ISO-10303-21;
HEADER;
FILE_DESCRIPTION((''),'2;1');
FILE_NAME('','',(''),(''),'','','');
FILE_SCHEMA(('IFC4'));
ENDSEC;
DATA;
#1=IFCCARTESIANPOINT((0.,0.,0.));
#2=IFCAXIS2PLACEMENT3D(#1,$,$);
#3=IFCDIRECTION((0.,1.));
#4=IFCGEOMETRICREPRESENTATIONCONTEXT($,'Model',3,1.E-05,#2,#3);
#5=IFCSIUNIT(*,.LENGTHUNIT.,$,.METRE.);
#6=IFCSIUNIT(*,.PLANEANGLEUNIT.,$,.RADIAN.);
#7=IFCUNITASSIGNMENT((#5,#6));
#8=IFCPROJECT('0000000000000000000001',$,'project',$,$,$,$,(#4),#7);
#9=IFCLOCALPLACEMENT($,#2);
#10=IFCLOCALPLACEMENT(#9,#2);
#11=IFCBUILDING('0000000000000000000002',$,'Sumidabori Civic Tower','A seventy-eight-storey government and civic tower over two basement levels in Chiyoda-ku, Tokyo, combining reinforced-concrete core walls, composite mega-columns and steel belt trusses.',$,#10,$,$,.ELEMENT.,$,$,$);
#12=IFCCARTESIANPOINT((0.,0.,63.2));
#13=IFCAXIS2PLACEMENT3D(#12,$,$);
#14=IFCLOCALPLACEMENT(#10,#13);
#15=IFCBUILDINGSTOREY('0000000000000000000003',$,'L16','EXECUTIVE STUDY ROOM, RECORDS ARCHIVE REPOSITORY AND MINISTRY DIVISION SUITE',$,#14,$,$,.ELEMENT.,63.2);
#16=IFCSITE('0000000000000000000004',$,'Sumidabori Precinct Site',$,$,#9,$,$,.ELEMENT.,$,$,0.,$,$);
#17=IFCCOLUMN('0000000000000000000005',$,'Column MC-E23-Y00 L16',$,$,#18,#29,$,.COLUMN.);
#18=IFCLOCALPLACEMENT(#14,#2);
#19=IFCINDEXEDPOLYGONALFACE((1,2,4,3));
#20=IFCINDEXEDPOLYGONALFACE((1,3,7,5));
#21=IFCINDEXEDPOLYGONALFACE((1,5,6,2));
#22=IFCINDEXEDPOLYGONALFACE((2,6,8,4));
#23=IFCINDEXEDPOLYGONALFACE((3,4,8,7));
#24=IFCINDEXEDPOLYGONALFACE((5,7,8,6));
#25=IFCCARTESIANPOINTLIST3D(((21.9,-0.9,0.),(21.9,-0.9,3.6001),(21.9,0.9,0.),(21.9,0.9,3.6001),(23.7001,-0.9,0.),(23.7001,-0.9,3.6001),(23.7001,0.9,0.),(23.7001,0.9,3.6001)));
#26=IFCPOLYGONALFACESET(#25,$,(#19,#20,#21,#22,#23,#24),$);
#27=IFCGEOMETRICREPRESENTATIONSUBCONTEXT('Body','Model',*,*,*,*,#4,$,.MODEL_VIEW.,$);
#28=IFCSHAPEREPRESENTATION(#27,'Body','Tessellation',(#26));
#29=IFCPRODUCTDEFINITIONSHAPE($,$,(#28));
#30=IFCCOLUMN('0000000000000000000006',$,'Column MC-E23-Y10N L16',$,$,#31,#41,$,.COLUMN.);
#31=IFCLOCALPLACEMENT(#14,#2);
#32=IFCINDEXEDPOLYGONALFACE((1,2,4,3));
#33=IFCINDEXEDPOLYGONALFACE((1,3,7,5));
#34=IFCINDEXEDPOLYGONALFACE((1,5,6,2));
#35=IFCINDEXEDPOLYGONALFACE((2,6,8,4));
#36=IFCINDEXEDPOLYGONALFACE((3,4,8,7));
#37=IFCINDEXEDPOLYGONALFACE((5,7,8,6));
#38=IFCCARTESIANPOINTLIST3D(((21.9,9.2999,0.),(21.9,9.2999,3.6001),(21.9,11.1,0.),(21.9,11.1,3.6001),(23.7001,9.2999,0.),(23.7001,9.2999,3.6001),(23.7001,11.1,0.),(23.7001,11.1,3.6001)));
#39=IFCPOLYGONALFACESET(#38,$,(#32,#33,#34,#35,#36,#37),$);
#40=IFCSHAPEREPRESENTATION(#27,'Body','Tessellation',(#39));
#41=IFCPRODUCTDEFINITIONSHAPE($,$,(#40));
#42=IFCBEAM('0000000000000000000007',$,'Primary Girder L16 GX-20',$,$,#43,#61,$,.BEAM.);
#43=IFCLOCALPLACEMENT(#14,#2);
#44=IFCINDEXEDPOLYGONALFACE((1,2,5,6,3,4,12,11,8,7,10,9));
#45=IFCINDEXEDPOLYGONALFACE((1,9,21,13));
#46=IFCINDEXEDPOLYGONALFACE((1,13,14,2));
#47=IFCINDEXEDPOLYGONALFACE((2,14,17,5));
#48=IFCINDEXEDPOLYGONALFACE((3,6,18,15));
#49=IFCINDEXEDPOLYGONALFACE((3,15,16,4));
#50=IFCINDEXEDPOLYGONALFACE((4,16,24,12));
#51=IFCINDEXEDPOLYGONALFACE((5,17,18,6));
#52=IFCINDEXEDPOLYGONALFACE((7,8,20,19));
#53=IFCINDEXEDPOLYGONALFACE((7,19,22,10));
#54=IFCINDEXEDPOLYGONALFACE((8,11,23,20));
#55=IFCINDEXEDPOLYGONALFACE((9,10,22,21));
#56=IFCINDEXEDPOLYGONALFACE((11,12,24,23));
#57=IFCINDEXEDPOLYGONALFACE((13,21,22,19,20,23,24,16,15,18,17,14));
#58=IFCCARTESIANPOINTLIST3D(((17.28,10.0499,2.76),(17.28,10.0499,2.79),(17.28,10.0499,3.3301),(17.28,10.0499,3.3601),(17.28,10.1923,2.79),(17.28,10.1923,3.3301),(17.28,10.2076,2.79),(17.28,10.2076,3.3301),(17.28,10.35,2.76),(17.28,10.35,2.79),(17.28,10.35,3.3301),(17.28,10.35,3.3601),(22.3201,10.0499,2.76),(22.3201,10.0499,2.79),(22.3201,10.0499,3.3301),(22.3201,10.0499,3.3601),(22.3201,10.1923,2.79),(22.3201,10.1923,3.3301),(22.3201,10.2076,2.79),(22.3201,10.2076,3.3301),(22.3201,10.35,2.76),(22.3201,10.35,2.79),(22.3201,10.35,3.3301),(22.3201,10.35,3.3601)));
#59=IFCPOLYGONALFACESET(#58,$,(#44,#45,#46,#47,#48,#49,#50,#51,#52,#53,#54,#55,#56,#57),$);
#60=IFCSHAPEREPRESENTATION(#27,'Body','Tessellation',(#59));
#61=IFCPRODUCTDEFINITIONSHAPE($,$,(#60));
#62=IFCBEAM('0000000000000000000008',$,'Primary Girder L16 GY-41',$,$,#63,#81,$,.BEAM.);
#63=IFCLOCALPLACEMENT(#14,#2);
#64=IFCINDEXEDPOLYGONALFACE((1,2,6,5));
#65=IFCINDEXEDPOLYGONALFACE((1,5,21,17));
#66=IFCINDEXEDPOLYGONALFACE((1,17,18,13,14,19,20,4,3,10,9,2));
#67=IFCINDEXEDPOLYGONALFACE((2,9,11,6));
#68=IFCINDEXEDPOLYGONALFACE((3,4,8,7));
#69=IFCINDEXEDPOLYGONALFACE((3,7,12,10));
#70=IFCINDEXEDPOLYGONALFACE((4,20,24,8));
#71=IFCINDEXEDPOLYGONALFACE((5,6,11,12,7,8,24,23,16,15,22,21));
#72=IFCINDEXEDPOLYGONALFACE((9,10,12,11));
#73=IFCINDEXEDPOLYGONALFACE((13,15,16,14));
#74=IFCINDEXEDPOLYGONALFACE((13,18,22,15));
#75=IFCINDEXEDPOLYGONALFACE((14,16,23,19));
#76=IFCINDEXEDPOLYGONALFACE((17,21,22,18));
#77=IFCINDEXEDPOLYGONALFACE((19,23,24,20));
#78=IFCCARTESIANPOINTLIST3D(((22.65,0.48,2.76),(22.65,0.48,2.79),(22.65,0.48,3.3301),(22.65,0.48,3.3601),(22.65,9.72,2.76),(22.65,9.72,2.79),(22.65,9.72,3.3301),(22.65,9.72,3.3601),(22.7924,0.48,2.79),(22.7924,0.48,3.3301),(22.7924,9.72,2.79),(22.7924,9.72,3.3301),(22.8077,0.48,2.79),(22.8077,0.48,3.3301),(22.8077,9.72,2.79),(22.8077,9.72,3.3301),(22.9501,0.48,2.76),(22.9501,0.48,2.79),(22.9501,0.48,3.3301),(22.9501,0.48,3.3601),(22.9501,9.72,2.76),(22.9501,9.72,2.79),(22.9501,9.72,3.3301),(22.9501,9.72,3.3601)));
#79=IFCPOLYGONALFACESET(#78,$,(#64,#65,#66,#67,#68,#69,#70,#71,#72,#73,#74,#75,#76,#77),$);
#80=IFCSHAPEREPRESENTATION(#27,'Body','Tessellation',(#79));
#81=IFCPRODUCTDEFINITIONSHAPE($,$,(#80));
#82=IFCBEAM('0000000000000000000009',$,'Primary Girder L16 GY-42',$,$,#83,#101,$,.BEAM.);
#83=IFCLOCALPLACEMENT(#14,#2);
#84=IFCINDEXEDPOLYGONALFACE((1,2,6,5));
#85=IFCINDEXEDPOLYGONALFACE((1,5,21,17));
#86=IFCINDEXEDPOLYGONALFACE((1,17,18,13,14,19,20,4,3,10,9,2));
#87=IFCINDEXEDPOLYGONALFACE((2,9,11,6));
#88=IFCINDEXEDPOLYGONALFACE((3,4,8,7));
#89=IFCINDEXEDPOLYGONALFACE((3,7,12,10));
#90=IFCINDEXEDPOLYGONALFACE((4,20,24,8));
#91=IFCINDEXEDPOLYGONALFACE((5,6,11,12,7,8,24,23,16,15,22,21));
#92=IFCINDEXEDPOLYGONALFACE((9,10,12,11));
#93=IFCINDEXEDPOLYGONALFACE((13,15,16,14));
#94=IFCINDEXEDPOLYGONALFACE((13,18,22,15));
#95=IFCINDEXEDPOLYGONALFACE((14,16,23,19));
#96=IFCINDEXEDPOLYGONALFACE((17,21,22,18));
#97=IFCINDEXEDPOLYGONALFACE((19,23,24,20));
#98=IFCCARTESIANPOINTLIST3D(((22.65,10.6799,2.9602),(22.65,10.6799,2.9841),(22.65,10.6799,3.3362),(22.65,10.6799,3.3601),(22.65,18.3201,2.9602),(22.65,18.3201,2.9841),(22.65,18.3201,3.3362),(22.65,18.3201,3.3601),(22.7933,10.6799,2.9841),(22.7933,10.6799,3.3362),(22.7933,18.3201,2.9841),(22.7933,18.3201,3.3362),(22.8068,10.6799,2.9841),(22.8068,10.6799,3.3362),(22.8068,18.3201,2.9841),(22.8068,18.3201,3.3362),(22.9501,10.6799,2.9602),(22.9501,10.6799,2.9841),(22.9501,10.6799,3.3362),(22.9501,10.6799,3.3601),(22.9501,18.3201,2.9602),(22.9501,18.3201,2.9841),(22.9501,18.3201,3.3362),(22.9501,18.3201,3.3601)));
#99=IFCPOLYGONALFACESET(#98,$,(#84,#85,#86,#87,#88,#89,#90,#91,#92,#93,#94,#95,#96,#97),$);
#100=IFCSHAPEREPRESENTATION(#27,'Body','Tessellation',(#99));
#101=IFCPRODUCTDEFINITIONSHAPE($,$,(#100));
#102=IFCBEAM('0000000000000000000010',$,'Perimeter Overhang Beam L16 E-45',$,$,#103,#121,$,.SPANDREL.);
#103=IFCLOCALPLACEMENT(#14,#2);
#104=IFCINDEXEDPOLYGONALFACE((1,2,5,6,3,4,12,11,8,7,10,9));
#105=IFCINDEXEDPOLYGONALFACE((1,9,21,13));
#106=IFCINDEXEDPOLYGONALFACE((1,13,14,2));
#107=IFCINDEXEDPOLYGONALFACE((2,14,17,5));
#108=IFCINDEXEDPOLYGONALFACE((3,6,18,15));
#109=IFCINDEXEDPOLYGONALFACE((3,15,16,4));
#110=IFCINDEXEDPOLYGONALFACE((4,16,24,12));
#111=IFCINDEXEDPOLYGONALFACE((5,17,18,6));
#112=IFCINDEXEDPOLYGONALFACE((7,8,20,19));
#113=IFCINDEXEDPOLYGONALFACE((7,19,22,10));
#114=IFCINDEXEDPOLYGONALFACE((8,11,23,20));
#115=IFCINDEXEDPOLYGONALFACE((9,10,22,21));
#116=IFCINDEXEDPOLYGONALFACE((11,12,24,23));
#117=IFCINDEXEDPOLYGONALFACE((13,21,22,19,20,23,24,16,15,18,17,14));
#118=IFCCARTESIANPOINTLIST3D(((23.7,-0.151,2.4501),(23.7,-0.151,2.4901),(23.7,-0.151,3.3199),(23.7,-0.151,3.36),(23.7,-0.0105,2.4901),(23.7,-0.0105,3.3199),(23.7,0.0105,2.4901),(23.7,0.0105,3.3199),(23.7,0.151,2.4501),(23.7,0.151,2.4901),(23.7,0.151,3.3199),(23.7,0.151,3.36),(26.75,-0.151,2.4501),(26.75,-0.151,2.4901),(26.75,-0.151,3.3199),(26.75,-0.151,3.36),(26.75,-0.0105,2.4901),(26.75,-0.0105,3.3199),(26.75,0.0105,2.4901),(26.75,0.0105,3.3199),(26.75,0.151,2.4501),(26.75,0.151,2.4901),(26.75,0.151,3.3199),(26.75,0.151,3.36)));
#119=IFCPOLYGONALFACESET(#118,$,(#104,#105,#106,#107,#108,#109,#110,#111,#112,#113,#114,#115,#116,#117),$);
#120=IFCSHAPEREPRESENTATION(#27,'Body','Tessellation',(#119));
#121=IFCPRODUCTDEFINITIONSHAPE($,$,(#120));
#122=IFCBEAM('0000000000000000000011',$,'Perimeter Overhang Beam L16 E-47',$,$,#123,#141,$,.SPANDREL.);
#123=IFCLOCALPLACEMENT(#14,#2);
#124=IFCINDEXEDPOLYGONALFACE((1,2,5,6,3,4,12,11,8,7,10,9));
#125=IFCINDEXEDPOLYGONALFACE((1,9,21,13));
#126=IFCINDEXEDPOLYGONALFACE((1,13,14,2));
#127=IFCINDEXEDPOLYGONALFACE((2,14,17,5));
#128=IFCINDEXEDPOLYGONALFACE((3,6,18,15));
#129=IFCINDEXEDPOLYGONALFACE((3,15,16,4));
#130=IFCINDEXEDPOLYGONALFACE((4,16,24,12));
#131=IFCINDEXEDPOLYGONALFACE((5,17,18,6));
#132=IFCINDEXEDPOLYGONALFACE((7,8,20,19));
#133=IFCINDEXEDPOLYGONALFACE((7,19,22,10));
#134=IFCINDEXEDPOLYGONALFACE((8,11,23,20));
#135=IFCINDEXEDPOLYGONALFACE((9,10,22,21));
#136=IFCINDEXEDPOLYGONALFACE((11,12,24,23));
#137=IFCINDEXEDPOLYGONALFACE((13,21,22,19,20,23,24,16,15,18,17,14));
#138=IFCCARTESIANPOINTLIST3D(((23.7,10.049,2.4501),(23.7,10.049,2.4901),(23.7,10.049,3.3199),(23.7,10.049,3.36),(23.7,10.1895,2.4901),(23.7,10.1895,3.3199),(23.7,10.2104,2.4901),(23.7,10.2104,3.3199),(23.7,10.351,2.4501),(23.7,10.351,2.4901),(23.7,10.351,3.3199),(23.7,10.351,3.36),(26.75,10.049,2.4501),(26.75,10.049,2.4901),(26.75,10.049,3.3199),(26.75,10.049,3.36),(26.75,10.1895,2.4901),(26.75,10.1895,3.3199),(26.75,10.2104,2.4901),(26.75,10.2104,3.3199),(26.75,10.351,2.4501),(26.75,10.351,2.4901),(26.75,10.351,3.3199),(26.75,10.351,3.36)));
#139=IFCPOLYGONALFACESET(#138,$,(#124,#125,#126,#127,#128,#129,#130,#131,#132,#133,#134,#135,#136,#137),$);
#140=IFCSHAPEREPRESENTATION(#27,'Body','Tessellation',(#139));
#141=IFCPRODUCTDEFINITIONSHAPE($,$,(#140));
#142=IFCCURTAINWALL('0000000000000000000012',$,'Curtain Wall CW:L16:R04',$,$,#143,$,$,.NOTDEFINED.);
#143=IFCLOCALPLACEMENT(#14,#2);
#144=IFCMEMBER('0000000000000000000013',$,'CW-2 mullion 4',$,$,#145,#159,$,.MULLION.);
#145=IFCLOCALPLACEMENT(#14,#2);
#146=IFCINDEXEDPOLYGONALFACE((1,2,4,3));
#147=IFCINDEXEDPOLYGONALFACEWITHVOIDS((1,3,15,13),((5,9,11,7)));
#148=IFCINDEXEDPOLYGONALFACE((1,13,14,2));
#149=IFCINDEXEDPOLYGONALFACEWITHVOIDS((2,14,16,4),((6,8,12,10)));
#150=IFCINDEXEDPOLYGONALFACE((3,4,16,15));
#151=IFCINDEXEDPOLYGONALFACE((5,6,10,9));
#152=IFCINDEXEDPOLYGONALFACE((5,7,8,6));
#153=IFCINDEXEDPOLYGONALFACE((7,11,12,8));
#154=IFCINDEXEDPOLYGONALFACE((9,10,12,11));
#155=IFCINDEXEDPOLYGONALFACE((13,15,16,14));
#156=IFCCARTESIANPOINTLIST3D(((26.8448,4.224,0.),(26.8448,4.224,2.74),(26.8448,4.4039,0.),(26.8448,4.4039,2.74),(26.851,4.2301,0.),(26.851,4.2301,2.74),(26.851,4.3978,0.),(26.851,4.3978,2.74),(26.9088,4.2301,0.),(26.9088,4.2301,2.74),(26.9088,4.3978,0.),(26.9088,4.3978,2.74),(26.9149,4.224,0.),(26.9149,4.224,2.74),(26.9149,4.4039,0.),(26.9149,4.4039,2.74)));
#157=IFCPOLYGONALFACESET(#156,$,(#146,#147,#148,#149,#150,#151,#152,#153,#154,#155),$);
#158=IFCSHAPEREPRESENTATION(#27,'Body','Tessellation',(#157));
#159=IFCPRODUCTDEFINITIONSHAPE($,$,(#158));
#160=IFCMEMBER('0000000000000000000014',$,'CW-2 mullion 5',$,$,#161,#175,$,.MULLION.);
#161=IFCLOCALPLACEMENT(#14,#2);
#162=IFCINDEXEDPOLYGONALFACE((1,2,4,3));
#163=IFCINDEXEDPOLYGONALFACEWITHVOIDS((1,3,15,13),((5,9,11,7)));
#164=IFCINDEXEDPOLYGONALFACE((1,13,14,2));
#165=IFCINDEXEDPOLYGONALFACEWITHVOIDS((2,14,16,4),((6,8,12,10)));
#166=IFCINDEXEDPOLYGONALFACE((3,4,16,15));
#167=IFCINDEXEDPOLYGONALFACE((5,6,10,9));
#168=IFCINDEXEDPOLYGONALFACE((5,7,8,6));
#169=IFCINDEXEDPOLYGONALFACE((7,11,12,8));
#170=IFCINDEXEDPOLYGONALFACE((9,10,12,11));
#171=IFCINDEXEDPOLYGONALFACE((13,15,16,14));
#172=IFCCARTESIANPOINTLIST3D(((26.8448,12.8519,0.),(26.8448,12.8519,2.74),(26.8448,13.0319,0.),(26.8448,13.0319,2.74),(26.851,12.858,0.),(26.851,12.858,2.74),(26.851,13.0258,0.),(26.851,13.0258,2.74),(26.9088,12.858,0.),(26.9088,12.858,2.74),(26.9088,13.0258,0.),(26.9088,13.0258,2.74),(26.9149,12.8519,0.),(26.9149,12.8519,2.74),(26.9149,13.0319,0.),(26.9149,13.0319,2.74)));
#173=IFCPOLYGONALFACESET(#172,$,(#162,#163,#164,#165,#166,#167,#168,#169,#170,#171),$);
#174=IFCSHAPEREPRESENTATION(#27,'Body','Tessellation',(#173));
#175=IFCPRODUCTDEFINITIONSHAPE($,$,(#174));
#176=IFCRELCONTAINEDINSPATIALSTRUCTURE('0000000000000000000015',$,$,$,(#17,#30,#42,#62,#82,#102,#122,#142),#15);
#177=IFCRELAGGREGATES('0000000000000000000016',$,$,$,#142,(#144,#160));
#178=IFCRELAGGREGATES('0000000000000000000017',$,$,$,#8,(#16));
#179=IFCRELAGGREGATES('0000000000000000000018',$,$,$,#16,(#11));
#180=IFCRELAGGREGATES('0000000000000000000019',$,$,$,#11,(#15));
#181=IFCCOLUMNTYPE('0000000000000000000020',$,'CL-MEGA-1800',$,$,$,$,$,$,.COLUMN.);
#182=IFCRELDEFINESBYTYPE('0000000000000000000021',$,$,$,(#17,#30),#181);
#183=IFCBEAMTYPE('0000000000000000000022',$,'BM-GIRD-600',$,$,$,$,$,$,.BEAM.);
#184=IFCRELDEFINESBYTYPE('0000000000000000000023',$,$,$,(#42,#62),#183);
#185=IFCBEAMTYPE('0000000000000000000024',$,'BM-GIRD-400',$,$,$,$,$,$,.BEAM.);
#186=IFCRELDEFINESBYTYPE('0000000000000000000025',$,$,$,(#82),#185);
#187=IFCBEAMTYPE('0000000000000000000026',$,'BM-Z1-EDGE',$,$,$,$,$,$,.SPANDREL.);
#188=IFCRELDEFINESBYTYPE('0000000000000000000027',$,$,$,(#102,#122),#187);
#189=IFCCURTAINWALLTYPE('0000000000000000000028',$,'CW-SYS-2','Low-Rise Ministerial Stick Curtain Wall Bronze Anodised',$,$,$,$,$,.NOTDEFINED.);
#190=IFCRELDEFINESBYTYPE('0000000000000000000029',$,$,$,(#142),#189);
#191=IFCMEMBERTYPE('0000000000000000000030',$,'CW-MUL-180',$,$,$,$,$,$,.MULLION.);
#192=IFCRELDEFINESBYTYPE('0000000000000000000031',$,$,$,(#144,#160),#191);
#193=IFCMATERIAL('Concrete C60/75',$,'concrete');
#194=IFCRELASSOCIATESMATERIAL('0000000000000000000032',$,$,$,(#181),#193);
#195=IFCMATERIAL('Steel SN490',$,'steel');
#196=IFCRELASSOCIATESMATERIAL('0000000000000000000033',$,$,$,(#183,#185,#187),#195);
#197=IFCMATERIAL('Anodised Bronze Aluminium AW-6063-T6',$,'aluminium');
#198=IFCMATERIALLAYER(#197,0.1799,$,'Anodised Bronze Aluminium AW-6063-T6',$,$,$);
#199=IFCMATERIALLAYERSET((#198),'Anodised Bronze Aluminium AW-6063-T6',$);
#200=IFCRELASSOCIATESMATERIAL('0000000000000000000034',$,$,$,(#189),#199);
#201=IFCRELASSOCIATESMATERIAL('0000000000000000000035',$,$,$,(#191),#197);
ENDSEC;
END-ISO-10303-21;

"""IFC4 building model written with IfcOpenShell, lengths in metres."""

from ifc_helpers import new_model, si_unit, direction, frame, origin, origin_2d, place, context, subcontext, project, spatial, rectangle, hollow_rectangle, i_section, extrude, source, transform, mapped, material, layer, layer_set, material_profile, profile_set, type_object, element, aggregate, save


model = new_model("IFC4")

# Units and contexts
model_context = context("Model", 3, precision=1e-05, world=origin(), true_north=direction((0.0, 1.0)))
body_context = subcontext(model_context, "Body", "Model", "MODEL_VIEW")
ifc_project = project(units=[si_unit("LENGTHUNIT", "METRE"), si_unit("PLANEANGLEUNIT", "RADIAN")], contexts=[model_context])

# Site, building, storey
site_placement = place(None, origin())
site = spatial("IfcSite", under=ifc_project, at=site_placement, Name="Sumidabori Precinct Site", CompositionType="ELEMENT", RefElevation=0.0)
building_placement = place(site_placement, origin())
building = spatial("IfcBuilding", under=site, at=building_placement, Name="Sumidabori Civic Tower", Description="A seventy-eight-storey government and civic tower over two basement levels in Chiyoda-ku, Tokyo, combining reinforced-concrete core walls, composite mega-columns and steel belt trusses.", CompositionType="ELEMENT")
storey_placement = place(building_placement, frame((0.0, 0.0, 63.2)))
storey = spatial("IfcBuildingStorey", under=building, at=storey_placement, Name="L16", Description="EXECUTIVE STUDY ROOM, RECORDS ARCHIVE REPOSITORY AND MINISTRY DIVISION SUITE", CompositionType="ELEMENT", Elevation=63.2)

# Columns
ifc_material_1 = material(Name="Concrete C60/75", Category="concrete")
ifc_material_profile_1 = material_profile(ifc_material_1, rectangle(XDim=1.8, YDim=1.8, at=origin_2d()), Name="RC 1800x1800")
ifc_profile_set_1 = profile_set([ifc_material_profile_1], Name="Concrete C60/75")
column_type = type_object("IfcColumnType", Name="CL-MEGA-1800", PredefinedType="COLUMN", material=ifc_profile_set_1)
shared_shape_1 = source(origin(), body_context, "Body", "SweptSolid", [
    extrude(rectangle(XDim=1.8, YDim=1.8, at=origin_2d()), origin(), (0.0, 0.0, 1.0), 3.6001),
])
for number, where, z_axis, x_axis, name in (
    (1, (22.8, 0.0, 0.0), (0.0, 0.0, 1.0), (1.0, 0.0, 0.0), "Column MC-E23-Y00 L16"),
    (2, (22.8, 10.2, 0.0), (0.0, 0.0, 1.0), (1.0, 0.0, 0.0), "Column MC-E23-Y10N L16"),
):
    element("IfcColumn", number, at=place(storey_placement, frame(where, z_axis=z_axis, x_axis=x_axis)), inside=storey, type_object=column_type, Name=name, PredefinedType="COLUMN", context=body_context, shape_type="MappedRepresentation", body=[
        mapped(shared_shape_1, transform((0.0, 0.0, 0.0), x_axis=(1.0, 0.0, 0.0), y_axis=(0.0, 1.0, 0.0), z_axis=(0.0, 0.0, 1.0), scale=1.0)),
    ])

# Beams
ifc_material_2 = material(Name="Steel SN490", Category="steel")
ifc_material_profile_2 = material_profile(ifc_material_2, i_section(OverallWidth=0.3, OverallDepth=0.6001, WebThickness=0.0154, FlangeThickness=0.03, at=origin_2d()), Name="HE 600 B")
ifc_profile_set_2 = profile_set([ifc_material_profile_2], Name="Steel SN490")
beam_type_1 = type_object("IfcBeamType", Name="BM-GIRD-600", PredefinedType="BEAM", material=ifc_profile_set_2)
shared_shape_2 = source(origin(), body_context, "Body", "SweptSolid", [
    extrude(i_section(OverallWidth=0.3, OverallDepth=0.6001, WebThickness=0.0154, FlangeThickness=0.03, at=origin_2d()), origin(), (0.0, 0.0, 1.0), 5.04),
])
beam_1_placement = place(storey_placement, frame((17.28, 10.2, 3.0601), z_axis=(1.0, 0.0, 0.0), x_axis=(0.0, 1.0, 0.0)))
element("IfcBeam", 3, at=beam_1_placement, inside=storey, type_object=beam_type_1, Name="Primary Girder L16 GX-20", PredefinedType="BEAM", context=body_context, shape_type="MappedRepresentation", body=[
    mapped(shared_shape_2, transform((0.0, 0.0, 0.0), x_axis=(1.0, 0.0, 0.0), y_axis=(0.0, 1.0, 0.0), z_axis=(0.0, 0.0, 1.0), scale=1.0)),
])
shared_shape_3 = source(origin(), body_context, "Body", "SweptSolid", [
    extrude(i_section(OverallWidth=0.3, OverallDepth=0.6001, WebThickness=0.0154, FlangeThickness=0.03, at=origin_2d()), origin(), (0.0, 0.0, 1.0), 9.24),
])
beam_2_placement = place(storey_placement, frame((22.8, 0.48, 3.0601), z_axis=(0.0, 1.0, 0.0), x_axis=(-1.0, 0.0, 0.0)))
element("IfcBeam", 4, at=beam_2_placement, inside=storey, type_object=beam_type_1, Name="Primary Girder L16 GY-41", PredefinedType="BEAM", context=body_context, shape_type="MappedRepresentation", body=[
    mapped(shared_shape_3, transform((0.0, 0.0, 0.0), x_axis=(1.0, 0.0, 0.0), y_axis=(0.0, 1.0, 0.0), z_axis=(0.0, 0.0, 1.0), scale=1.0)),
])
ifc_material_profile_3 = material_profile(ifc_material_2, i_section(OverallWidth=0.3, OverallDepth=0.3999, WebThickness=0.0134, FlangeThickness=0.0239, at=origin_2d()), Name="HE 400 B")
ifc_profile_set_3 = profile_set([ifc_material_profile_3], Name="Steel SN490")
beam_type_2 = type_object("IfcBeamType", Name="BM-GIRD-400", PredefinedType="BEAM", material=ifc_profile_set_3)
shared_shape_4 = source(origin(), body_context, "Body", "SweptSolid", [
    extrude(i_section(OverallWidth=0.3, OverallDepth=0.3999, WebThickness=0.0134, FlangeThickness=0.0239, at=origin_2d()), origin(), (0.0, 0.0, 1.0), 7.6401),
])
beam_3_placement = place(storey_placement, frame((22.8, 10.6799, 3.1602), z_axis=(0.0, 1.0, 0.0), x_axis=(-1.0, 0.0, 0.0)))
element("IfcBeam", 5, at=beam_3_placement, inside=storey, type_object=beam_type_2, Name="Primary Girder L16 GY-42", PredefinedType="BEAM", context=body_context, shape_type="MappedRepresentation", body=[
    mapped(shared_shape_4, transform((0.0, 0.0, 0.0), x_axis=(1.0, 0.0, 0.0), y_axis=(0.0, 1.0, 0.0), z_axis=(0.0, 0.0, 1.0), scale=1.0)),
])
ifc_material_profile_4 = material_profile(ifc_material_2, i_section(OverallWidth=0.302, OverallDepth=0.9099, WebThickness=0.021, FlangeThickness=0.04, at=origin_2d()), Name="HE 900 M")
ifc_profile_set_4 = profile_set([ifc_material_profile_4], Name="Steel SN490")
beam_type_3 = type_object("IfcBeamType", Name="BM-Z1-EDGE", PredefinedType="SPANDREL", material=ifc_profile_set_4)
shared_shape_5 = source(origin(), body_context, "Body", "SweptSolid", [
    extrude(i_section(OverallWidth=0.302, OverallDepth=0.9099, WebThickness=0.021, FlangeThickness=0.04, at=origin_2d()), origin(), (0.0, 0.0, 1.0), 3.05),
])
for number, where, z_axis, x_axis, name in (
    (6, (23.7, 0.0, 2.905), (1.0, 0.0, 0.0), (0.0, 1.0, 0.0), "Perimeter Overhang Beam L16 E-45"),
    (7, (23.7, 10.2, 2.905), (1.0, 0.0, 0.0), (0.0, 1.0, 0.0), "Perimeter Overhang Beam L16 E-47"),
):
    element("IfcBeam", number, at=place(storey_placement, frame(where, z_axis=z_axis, x_axis=x_axis)), inside=storey, type_object=beam_type_3, Name=name, PredefinedType="SPANDREL", context=body_context, shape_type="MappedRepresentation", body=[
        mapped(shared_shape_5, transform((0.0, 0.0, 0.0), x_axis=(1.0, 0.0, 0.0), y_axis=(0.0, 1.0, 0.0), z_axis=(0.0, 0.0, 1.0), scale=1.0)),
    ])

# Curtain wall, members
ifc_material_3 = material(Name="Anodised Bronze Aluminium AW-6063-T6", Category="aluminium")
ifc_layer_1 = layer(ifc_material_3, 0.1799, Name="Anodised Bronze Aluminium AW-6063-T6")
ifc_layer_set_1 = layer_set([ifc_layer_1], Name="Anodised Bronze Aluminium AW-6063-T6")
curtain_wall_type = type_object("IfcCurtainWallType", Name="CW-SYS-2", Description="Low-Rise Ministerial Stick Curtain Wall Bronze Anodised", PredefinedType="NOTDEFINED", material=ifc_layer_set_1)
curtain_wall_placement = place(storey_placement, origin())
curtain_wall = element("IfcCurtainWall", 8, at=curtain_wall_placement, inside=storey, type_object=curtain_wall_type, Name="Curtain Wall CW:L16:R04", PredefinedType="NOTDEFINED")
ifc_material_profile_5 = material_profile(ifc_material_3, hollow_rectangle(XDim=0.0701, YDim=0.1799, WallThickness=0.0061, at=origin_2d()), Name="ALU MULLION 180x70")
ifc_profile_set_5 = profile_set([ifc_material_profile_5], Name="Anodised Bronze Aluminium AW-6063-T6")
member_type_1 = type_object("IfcMemberType", Name="CW-MUL-180", PredefinedType="MULLION", material=ifc_profile_set_5)
shared_shape_6 = source(origin(), body_context, "Body", "SweptSolid", [
    extrude(hollow_rectangle(XDim=0.0701, YDim=0.1799, WallThickness=0.0061, at=origin_2d()), origin(), (0.0, 0.0, 1.0), 2.74),
])
member_1_placement = place(storey_placement, frame((26.8799, 4.314, 0.0), z_axis=(0.0, 0.0, 1.0), x_axis=(-1.0, 0.0, 0.0)))
member_1 = element("IfcMember", 9, at=member_1_placement, type_object=member_type_1, Name="CW-2 mullion 4", PredefinedType="MULLION", context=body_context, shape_type="MappedRepresentation", body=[
    mapped(shared_shape_6, transform((0.0, 0.0, 0.0), x_axis=(1.0, 0.0, 0.0), y_axis=(0.0, 1.0, 0.0), z_axis=(0.0, 0.0, 1.0), scale=1.0)),
])
member_2_placement = place(storey_placement, frame((26.8799, 12.9419, 0.0), z_axis=(0.0, 0.0, 1.0), x_axis=(-1.0, 0.0, 0.0)))
member_2 = element("IfcMember", 10, at=member_2_placement, type_object=member_type_1, Name="CW-2 mullion 5", PredefinedType="MULLION", context=body_context, shape_type="MappedRepresentation", body=[
    mapped(shared_shape_6, transform((0.0, 0.0, 0.0), x_axis=(1.0, 0.0, 0.0), y_axis=(0.0, 1.0, 0.0), z_axis=(0.0, 0.0, 1.0), scale=1.0)),
])
aggregate(curtain_wall, [member_1, member_2])

save(model, "model.ifc")
